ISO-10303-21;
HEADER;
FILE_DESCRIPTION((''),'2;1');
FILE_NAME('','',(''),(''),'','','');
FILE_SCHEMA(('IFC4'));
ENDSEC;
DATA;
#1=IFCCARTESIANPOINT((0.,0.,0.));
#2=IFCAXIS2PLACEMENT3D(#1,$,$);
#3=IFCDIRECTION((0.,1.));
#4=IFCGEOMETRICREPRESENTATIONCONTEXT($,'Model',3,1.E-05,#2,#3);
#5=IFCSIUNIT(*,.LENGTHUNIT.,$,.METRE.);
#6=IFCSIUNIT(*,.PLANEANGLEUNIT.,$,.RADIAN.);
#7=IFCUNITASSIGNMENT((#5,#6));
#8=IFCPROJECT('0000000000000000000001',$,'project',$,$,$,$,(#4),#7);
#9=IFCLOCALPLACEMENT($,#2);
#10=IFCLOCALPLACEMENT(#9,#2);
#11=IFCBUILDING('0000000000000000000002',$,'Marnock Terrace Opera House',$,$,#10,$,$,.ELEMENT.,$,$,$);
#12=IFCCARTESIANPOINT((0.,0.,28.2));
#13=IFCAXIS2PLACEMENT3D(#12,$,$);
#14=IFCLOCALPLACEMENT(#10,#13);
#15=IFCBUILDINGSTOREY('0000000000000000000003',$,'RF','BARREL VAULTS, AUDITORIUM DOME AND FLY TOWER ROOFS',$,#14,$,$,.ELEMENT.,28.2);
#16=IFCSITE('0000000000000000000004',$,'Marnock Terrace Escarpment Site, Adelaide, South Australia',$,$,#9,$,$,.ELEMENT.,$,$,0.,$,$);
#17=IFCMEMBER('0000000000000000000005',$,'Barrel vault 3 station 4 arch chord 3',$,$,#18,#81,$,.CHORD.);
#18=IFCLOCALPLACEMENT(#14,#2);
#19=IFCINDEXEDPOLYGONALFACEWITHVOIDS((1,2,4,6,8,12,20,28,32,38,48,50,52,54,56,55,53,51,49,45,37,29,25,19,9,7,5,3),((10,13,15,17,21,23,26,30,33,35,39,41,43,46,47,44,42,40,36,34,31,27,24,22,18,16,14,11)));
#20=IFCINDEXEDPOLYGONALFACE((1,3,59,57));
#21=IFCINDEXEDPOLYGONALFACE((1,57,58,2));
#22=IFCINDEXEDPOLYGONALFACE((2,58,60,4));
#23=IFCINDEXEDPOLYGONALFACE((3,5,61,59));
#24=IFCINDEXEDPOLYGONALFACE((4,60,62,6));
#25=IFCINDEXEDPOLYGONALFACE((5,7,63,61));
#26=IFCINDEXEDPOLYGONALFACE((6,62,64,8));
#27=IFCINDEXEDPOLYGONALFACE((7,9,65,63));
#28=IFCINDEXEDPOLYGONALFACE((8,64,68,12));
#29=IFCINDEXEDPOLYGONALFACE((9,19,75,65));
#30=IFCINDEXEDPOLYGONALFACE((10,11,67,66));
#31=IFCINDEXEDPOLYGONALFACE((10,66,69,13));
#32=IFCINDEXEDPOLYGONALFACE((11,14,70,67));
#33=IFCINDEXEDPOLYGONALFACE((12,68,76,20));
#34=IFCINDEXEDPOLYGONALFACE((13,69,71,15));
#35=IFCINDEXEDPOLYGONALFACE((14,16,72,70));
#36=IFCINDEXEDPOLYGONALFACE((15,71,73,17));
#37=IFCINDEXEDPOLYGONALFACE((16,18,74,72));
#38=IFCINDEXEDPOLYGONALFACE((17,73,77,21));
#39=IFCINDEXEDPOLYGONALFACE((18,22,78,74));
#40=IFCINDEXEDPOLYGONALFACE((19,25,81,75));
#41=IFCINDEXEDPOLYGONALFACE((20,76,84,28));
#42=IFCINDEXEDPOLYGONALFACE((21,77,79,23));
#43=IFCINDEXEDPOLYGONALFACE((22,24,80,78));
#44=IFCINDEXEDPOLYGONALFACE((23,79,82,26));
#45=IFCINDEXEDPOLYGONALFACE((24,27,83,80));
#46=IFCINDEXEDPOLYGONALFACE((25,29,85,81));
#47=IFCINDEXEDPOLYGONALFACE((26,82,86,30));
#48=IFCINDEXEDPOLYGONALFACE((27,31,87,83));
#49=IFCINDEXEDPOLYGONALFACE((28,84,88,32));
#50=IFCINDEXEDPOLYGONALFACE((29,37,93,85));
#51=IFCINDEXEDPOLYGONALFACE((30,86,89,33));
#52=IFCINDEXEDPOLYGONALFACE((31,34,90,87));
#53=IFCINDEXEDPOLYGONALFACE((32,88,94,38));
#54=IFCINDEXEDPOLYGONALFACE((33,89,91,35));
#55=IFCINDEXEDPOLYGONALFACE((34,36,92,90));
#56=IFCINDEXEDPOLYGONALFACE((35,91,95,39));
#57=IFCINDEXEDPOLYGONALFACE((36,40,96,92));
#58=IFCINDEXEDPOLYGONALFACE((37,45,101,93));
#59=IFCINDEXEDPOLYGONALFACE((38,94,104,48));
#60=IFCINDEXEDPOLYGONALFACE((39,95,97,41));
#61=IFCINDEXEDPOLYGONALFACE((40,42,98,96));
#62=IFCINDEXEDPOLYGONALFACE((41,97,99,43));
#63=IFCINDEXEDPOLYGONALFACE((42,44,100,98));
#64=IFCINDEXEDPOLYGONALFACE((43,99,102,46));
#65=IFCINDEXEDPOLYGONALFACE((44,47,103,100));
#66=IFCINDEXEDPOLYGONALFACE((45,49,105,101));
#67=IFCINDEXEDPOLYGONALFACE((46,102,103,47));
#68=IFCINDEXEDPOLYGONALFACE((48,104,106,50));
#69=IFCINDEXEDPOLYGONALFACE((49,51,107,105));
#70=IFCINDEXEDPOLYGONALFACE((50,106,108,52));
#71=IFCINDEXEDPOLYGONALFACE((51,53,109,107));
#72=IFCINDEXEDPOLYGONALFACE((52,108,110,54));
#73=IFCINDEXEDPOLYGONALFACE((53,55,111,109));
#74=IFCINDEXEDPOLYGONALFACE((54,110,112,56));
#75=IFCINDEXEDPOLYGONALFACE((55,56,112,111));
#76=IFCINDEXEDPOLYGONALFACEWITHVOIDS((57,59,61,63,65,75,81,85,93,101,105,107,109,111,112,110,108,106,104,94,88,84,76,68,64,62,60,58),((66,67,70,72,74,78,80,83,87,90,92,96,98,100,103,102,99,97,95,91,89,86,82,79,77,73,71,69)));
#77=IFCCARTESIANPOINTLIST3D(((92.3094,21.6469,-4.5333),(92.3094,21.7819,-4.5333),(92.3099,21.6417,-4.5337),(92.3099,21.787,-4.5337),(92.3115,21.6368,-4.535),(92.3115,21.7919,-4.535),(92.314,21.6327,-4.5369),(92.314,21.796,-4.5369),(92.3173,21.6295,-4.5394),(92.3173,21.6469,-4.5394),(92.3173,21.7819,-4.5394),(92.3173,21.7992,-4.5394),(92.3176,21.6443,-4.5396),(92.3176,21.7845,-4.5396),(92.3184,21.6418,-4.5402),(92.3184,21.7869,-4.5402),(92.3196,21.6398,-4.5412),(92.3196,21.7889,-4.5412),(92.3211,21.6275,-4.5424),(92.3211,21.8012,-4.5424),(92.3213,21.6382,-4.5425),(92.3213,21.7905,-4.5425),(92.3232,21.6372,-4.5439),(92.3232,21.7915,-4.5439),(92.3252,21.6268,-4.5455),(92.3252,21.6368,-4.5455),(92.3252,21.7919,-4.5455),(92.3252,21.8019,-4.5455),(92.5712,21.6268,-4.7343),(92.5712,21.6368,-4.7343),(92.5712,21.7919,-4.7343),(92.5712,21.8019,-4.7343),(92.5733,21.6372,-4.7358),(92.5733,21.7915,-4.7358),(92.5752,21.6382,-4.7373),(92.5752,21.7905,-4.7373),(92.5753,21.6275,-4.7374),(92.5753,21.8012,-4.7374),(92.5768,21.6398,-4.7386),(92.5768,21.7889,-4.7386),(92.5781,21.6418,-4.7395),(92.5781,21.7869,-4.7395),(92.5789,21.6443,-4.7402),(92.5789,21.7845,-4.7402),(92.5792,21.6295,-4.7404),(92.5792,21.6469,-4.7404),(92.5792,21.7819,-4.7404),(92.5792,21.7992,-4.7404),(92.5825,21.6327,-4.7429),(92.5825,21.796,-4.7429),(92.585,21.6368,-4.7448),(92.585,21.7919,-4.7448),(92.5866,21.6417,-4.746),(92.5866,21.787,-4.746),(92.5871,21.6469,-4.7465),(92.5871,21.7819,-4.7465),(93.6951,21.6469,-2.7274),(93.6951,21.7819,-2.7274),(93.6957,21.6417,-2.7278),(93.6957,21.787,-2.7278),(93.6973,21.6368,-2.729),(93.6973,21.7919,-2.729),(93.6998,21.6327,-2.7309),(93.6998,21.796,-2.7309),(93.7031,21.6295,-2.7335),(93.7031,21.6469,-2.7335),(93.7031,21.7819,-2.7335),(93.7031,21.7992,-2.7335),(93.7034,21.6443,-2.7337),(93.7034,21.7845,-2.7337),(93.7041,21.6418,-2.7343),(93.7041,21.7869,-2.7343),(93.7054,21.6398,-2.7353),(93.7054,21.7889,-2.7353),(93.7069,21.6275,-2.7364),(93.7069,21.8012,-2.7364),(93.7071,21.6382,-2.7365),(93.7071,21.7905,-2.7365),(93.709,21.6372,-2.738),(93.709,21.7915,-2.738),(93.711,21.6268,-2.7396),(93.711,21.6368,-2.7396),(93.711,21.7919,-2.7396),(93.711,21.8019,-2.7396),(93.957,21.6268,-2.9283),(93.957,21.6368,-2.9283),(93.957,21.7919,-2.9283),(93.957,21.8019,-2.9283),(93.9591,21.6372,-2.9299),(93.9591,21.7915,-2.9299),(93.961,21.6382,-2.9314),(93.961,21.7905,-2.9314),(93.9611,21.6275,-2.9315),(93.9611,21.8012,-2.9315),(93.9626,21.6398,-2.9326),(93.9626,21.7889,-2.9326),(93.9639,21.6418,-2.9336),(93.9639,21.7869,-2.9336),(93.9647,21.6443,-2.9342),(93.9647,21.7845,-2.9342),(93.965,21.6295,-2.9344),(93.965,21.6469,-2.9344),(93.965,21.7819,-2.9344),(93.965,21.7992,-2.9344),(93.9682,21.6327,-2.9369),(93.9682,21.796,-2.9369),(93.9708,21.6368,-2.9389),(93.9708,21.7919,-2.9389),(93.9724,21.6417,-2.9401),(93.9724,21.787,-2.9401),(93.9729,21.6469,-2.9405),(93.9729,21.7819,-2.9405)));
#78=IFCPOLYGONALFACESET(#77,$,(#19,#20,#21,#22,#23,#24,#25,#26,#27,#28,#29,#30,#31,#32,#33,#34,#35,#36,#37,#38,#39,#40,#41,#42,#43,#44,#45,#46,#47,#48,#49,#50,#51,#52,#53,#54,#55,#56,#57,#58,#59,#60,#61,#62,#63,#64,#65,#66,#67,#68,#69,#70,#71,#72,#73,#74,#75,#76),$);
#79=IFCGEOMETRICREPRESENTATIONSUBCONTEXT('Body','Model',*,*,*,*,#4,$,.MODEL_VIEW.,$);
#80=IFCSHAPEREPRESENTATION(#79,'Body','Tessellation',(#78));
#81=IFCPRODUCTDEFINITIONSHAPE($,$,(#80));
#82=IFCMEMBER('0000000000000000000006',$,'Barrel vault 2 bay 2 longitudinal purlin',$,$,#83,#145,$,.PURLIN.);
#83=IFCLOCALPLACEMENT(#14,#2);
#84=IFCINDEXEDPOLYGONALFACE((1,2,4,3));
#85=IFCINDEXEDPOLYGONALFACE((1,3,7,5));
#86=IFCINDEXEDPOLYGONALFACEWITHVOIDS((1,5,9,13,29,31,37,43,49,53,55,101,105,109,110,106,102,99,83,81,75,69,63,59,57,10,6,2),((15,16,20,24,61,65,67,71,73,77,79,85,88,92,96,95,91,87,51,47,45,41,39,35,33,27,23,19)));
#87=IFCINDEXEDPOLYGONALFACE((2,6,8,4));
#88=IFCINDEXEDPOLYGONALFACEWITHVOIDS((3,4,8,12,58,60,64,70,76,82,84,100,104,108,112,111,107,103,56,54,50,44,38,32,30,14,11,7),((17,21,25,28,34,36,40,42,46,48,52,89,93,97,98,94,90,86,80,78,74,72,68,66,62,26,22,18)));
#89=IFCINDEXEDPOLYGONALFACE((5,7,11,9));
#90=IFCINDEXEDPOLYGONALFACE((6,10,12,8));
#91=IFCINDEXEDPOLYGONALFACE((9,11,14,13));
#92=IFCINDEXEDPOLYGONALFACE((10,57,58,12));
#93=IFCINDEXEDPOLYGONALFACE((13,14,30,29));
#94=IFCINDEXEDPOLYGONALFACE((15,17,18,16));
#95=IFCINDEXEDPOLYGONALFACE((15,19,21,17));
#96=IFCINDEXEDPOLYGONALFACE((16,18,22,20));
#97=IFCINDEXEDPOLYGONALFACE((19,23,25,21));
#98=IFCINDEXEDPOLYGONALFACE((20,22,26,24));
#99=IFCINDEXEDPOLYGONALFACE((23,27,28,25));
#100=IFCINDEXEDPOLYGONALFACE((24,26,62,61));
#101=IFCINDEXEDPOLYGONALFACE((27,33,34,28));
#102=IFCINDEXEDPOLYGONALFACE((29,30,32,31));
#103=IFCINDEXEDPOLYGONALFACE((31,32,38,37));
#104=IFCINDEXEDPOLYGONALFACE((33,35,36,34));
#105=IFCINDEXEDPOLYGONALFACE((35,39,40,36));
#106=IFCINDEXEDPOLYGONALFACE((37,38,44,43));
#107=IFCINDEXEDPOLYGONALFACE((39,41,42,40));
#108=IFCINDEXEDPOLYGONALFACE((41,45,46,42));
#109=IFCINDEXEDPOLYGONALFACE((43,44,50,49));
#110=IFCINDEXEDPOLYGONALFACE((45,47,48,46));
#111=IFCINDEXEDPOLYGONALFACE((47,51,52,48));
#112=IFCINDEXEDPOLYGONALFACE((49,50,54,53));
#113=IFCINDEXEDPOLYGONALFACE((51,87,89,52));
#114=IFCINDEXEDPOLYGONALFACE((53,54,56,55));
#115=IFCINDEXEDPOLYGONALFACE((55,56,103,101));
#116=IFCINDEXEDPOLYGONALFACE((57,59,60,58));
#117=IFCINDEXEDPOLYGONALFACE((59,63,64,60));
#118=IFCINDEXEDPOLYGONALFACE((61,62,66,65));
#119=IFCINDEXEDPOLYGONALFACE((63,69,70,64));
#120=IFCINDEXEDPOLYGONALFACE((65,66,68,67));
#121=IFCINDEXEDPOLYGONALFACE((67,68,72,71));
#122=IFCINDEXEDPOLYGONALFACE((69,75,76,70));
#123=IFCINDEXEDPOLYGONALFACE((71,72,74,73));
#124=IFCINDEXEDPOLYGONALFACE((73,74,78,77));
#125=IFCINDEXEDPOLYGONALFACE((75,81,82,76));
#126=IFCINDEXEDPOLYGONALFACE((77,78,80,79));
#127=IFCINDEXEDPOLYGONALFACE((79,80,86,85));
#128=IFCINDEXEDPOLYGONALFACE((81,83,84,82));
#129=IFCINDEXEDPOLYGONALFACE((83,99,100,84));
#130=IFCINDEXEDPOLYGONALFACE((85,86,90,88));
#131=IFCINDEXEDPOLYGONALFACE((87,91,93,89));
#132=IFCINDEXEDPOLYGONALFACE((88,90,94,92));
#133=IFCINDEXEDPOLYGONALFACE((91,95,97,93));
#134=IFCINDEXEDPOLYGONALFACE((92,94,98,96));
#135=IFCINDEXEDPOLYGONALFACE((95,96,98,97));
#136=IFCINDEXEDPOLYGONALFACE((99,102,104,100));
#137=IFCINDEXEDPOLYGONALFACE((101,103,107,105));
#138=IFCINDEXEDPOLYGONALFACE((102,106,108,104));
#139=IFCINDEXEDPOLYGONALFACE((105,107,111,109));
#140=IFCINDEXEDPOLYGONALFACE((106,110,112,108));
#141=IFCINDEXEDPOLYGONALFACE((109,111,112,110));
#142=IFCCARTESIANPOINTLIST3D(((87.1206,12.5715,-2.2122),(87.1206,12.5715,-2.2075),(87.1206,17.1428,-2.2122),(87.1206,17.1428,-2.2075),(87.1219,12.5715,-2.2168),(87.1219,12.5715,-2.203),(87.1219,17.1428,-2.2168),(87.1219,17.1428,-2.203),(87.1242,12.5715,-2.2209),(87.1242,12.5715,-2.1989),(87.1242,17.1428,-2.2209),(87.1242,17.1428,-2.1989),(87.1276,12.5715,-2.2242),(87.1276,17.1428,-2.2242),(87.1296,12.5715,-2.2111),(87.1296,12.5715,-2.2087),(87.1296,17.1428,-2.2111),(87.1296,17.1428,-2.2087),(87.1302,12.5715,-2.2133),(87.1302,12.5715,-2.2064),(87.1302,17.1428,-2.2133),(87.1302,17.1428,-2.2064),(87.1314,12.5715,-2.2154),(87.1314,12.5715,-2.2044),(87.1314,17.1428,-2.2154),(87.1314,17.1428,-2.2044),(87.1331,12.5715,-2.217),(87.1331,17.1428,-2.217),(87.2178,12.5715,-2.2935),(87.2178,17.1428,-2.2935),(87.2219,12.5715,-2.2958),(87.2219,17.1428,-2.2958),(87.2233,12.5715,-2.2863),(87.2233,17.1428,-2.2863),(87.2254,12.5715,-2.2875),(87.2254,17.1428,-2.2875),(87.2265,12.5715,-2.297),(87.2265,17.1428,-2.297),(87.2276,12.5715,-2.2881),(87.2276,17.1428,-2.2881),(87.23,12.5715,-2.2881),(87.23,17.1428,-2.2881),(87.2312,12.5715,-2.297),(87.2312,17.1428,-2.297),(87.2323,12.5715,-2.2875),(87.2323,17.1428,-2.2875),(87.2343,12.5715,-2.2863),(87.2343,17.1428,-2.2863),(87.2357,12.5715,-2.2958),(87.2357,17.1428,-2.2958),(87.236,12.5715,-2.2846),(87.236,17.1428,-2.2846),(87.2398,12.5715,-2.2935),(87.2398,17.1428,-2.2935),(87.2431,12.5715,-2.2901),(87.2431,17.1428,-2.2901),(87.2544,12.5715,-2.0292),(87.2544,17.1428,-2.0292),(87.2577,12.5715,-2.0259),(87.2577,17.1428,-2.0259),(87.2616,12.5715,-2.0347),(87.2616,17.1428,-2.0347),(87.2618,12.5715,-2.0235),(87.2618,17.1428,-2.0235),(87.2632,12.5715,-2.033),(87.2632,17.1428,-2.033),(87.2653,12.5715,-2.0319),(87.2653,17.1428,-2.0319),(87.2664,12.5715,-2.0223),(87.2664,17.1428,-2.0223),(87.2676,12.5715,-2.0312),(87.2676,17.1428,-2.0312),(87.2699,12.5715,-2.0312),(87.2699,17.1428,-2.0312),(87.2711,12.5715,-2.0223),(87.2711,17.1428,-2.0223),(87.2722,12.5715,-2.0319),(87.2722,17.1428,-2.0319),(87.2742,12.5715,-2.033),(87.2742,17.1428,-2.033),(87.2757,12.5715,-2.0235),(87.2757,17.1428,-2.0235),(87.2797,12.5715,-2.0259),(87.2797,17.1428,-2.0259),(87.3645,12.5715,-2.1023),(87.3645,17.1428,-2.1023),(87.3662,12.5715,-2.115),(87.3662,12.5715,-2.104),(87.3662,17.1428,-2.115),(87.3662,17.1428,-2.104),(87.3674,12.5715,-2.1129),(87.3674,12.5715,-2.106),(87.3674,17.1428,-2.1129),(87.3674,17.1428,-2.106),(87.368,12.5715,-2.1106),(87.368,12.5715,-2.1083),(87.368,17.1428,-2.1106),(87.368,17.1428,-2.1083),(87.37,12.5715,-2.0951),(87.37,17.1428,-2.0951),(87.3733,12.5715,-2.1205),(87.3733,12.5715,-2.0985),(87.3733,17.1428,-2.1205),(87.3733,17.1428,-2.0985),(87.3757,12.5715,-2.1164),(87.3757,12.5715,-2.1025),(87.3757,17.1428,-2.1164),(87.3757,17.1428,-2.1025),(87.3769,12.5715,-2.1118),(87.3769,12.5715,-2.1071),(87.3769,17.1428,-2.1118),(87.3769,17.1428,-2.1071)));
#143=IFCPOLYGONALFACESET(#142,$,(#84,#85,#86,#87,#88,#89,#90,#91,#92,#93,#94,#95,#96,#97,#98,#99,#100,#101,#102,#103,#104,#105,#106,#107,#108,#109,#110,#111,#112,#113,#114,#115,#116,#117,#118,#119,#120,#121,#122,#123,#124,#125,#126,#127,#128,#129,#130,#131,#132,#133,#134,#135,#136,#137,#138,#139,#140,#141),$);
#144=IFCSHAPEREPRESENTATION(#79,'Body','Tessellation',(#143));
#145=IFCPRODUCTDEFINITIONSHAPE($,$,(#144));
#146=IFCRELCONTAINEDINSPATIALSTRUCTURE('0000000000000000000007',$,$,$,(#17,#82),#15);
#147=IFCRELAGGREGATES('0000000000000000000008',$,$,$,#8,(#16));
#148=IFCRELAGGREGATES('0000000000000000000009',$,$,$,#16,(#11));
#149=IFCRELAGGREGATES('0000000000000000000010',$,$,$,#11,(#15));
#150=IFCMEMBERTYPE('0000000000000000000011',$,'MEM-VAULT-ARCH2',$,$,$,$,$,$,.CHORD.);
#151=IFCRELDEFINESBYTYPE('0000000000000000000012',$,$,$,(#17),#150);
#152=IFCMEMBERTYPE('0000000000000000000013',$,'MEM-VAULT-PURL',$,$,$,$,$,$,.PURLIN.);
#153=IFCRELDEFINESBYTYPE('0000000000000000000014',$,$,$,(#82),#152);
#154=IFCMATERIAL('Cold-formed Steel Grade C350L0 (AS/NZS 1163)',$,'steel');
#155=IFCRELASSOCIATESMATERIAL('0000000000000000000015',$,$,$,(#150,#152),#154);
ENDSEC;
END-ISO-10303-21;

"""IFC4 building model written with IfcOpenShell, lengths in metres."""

from ifc_helpers import new_model, si_unit, direction, frame, origin, origin_2d, place, context, subcontext, project, spatial, hollow_rectangle, extrude, material, material_profile, profile_set, type_object, element, save


model = new_model("IFC4")

# Units and contexts
model_context = context("Model", 3, precision=1e-05, world=origin(), true_north=direction((0.0, 1.0)))
body_context = subcontext(model_context, "Body", "Model", "MODEL_VIEW")
ifc_project = project(units=[si_unit("LENGTHUNIT", "METRE"), si_unit("PLANEANGLEUNIT", "RADIAN")], contexts=[model_context])

# Site, building, storey
site_placement = place(None, origin())
site = spatial("IfcSite", under=ifc_project, at=site_placement, Name="Marnock Terrace Escarpment Site, Adelaide, South Australia", CompositionType="ELEMENT", RefElevation=0.0)
building_placement = place(site_placement, origin())
building = spatial("IfcBuilding", under=site, at=building_placement, Name="Marnock Terrace Opera House", CompositionType="ELEMENT")
storey_placement = place(building_placement, frame((0.0, 0.0, 28.2)))
storey = spatial("IfcBuildingStorey", under=building, at=storey_placement, Name="RF", Description="BARREL VAULTS, AUDITORIUM DOME AND FLY TOWER ROOFS", CompositionType="ELEMENT", Elevation=28.2)

# Members
ifc_material = material(Name="Cold-formed Steel Grade C350L0 (AS/NZS 1163)", Category="steel")
ifc_material_profile_1 = material_profile(ifc_material, hollow_rectangle(XDim=0.175, YDim=0.3501, WallThickness=0.01, InnerFilletRadius=0.01, OuterFilletRadius=0.02, at=origin_2d()))
ifc_profile_set_1 = profile_set([ifc_material_profile_1], Name="Cold-formed Steel Grade C350L0 (AS/NZS 1163)")
member_type_1 = type_object("IfcMemberType", Name="MEM-VAULT-ARCH2", PredefinedType="CHORD", material=ifc_profile_set_1)
member_1_placement = place(storey_placement, frame((92.4482, 21.7144, -4.6399), z_axis=(0.608767, 0.0, 0.793349), x_axis=(0.0, 1.0, 0.0)))
element("IfcMember", 1, at=member_1_placement, inside=storey, type_object=member_type_1, Name="Barrel vault 3 station 4 arch chord 3", PredefinedType="CHORD", context=body_context, shape_type="SweptSolid", body=[
    extrude(hollow_rectangle(XDim=0.175, YDim=0.3501, WallThickness=0.01, InnerFilletRadius=0.01, OuterFilletRadius=0.02, at=origin_2d()), origin(), (0.0, 0.0, 1.0), 2.2764),
])
ifc_material_profile_2 = material_profile(ifc_material, hollow_rectangle(XDim=0.1499, YDim=0.25, WallThickness=0.009, InnerFilletRadius=0.009, OuterFilletRadius=0.0181, at=origin_2d()))
ifc_profile_set_2 = profile_set([ifc_material_profile_2], Name="Cold-formed Steel Grade C350L0 (AS/NZS 1163)")
member_type_2 = type_object("IfcMemberType", Name="MEM-VAULT-PURL", PredefinedType="PURLIN", material=ifc_profile_set_2)
for number, where, z_axis, x_axis, name in (
    (2, (87.2488, 12.5715, -2.1597), (0.0, 1.0, 0.0), (-0.793353, 0.0, 0.608761), "Barrel vault 2 bay 2 longitudinal purlin"),
):
    element("IfcMember", number, at=place(storey_placement, frame(where, z_axis=z_axis, x_axis=x_axis)), inside=storey, type_object=member_type_2, Name=name, PredefinedType="PURLIN", context=body_context, shape_type="SweptSolid", body=[
        extrude(hollow_rectangle(XDim=0.1499, YDim=0.25, WallThickness=0.009, InnerFilletRadius=0.009, OuterFilletRadius=0.0181, at=origin_2d()), origin(), (0.0, 0.0, 1.0), 4.5713),
    ])

save(model, "model.ifc")
